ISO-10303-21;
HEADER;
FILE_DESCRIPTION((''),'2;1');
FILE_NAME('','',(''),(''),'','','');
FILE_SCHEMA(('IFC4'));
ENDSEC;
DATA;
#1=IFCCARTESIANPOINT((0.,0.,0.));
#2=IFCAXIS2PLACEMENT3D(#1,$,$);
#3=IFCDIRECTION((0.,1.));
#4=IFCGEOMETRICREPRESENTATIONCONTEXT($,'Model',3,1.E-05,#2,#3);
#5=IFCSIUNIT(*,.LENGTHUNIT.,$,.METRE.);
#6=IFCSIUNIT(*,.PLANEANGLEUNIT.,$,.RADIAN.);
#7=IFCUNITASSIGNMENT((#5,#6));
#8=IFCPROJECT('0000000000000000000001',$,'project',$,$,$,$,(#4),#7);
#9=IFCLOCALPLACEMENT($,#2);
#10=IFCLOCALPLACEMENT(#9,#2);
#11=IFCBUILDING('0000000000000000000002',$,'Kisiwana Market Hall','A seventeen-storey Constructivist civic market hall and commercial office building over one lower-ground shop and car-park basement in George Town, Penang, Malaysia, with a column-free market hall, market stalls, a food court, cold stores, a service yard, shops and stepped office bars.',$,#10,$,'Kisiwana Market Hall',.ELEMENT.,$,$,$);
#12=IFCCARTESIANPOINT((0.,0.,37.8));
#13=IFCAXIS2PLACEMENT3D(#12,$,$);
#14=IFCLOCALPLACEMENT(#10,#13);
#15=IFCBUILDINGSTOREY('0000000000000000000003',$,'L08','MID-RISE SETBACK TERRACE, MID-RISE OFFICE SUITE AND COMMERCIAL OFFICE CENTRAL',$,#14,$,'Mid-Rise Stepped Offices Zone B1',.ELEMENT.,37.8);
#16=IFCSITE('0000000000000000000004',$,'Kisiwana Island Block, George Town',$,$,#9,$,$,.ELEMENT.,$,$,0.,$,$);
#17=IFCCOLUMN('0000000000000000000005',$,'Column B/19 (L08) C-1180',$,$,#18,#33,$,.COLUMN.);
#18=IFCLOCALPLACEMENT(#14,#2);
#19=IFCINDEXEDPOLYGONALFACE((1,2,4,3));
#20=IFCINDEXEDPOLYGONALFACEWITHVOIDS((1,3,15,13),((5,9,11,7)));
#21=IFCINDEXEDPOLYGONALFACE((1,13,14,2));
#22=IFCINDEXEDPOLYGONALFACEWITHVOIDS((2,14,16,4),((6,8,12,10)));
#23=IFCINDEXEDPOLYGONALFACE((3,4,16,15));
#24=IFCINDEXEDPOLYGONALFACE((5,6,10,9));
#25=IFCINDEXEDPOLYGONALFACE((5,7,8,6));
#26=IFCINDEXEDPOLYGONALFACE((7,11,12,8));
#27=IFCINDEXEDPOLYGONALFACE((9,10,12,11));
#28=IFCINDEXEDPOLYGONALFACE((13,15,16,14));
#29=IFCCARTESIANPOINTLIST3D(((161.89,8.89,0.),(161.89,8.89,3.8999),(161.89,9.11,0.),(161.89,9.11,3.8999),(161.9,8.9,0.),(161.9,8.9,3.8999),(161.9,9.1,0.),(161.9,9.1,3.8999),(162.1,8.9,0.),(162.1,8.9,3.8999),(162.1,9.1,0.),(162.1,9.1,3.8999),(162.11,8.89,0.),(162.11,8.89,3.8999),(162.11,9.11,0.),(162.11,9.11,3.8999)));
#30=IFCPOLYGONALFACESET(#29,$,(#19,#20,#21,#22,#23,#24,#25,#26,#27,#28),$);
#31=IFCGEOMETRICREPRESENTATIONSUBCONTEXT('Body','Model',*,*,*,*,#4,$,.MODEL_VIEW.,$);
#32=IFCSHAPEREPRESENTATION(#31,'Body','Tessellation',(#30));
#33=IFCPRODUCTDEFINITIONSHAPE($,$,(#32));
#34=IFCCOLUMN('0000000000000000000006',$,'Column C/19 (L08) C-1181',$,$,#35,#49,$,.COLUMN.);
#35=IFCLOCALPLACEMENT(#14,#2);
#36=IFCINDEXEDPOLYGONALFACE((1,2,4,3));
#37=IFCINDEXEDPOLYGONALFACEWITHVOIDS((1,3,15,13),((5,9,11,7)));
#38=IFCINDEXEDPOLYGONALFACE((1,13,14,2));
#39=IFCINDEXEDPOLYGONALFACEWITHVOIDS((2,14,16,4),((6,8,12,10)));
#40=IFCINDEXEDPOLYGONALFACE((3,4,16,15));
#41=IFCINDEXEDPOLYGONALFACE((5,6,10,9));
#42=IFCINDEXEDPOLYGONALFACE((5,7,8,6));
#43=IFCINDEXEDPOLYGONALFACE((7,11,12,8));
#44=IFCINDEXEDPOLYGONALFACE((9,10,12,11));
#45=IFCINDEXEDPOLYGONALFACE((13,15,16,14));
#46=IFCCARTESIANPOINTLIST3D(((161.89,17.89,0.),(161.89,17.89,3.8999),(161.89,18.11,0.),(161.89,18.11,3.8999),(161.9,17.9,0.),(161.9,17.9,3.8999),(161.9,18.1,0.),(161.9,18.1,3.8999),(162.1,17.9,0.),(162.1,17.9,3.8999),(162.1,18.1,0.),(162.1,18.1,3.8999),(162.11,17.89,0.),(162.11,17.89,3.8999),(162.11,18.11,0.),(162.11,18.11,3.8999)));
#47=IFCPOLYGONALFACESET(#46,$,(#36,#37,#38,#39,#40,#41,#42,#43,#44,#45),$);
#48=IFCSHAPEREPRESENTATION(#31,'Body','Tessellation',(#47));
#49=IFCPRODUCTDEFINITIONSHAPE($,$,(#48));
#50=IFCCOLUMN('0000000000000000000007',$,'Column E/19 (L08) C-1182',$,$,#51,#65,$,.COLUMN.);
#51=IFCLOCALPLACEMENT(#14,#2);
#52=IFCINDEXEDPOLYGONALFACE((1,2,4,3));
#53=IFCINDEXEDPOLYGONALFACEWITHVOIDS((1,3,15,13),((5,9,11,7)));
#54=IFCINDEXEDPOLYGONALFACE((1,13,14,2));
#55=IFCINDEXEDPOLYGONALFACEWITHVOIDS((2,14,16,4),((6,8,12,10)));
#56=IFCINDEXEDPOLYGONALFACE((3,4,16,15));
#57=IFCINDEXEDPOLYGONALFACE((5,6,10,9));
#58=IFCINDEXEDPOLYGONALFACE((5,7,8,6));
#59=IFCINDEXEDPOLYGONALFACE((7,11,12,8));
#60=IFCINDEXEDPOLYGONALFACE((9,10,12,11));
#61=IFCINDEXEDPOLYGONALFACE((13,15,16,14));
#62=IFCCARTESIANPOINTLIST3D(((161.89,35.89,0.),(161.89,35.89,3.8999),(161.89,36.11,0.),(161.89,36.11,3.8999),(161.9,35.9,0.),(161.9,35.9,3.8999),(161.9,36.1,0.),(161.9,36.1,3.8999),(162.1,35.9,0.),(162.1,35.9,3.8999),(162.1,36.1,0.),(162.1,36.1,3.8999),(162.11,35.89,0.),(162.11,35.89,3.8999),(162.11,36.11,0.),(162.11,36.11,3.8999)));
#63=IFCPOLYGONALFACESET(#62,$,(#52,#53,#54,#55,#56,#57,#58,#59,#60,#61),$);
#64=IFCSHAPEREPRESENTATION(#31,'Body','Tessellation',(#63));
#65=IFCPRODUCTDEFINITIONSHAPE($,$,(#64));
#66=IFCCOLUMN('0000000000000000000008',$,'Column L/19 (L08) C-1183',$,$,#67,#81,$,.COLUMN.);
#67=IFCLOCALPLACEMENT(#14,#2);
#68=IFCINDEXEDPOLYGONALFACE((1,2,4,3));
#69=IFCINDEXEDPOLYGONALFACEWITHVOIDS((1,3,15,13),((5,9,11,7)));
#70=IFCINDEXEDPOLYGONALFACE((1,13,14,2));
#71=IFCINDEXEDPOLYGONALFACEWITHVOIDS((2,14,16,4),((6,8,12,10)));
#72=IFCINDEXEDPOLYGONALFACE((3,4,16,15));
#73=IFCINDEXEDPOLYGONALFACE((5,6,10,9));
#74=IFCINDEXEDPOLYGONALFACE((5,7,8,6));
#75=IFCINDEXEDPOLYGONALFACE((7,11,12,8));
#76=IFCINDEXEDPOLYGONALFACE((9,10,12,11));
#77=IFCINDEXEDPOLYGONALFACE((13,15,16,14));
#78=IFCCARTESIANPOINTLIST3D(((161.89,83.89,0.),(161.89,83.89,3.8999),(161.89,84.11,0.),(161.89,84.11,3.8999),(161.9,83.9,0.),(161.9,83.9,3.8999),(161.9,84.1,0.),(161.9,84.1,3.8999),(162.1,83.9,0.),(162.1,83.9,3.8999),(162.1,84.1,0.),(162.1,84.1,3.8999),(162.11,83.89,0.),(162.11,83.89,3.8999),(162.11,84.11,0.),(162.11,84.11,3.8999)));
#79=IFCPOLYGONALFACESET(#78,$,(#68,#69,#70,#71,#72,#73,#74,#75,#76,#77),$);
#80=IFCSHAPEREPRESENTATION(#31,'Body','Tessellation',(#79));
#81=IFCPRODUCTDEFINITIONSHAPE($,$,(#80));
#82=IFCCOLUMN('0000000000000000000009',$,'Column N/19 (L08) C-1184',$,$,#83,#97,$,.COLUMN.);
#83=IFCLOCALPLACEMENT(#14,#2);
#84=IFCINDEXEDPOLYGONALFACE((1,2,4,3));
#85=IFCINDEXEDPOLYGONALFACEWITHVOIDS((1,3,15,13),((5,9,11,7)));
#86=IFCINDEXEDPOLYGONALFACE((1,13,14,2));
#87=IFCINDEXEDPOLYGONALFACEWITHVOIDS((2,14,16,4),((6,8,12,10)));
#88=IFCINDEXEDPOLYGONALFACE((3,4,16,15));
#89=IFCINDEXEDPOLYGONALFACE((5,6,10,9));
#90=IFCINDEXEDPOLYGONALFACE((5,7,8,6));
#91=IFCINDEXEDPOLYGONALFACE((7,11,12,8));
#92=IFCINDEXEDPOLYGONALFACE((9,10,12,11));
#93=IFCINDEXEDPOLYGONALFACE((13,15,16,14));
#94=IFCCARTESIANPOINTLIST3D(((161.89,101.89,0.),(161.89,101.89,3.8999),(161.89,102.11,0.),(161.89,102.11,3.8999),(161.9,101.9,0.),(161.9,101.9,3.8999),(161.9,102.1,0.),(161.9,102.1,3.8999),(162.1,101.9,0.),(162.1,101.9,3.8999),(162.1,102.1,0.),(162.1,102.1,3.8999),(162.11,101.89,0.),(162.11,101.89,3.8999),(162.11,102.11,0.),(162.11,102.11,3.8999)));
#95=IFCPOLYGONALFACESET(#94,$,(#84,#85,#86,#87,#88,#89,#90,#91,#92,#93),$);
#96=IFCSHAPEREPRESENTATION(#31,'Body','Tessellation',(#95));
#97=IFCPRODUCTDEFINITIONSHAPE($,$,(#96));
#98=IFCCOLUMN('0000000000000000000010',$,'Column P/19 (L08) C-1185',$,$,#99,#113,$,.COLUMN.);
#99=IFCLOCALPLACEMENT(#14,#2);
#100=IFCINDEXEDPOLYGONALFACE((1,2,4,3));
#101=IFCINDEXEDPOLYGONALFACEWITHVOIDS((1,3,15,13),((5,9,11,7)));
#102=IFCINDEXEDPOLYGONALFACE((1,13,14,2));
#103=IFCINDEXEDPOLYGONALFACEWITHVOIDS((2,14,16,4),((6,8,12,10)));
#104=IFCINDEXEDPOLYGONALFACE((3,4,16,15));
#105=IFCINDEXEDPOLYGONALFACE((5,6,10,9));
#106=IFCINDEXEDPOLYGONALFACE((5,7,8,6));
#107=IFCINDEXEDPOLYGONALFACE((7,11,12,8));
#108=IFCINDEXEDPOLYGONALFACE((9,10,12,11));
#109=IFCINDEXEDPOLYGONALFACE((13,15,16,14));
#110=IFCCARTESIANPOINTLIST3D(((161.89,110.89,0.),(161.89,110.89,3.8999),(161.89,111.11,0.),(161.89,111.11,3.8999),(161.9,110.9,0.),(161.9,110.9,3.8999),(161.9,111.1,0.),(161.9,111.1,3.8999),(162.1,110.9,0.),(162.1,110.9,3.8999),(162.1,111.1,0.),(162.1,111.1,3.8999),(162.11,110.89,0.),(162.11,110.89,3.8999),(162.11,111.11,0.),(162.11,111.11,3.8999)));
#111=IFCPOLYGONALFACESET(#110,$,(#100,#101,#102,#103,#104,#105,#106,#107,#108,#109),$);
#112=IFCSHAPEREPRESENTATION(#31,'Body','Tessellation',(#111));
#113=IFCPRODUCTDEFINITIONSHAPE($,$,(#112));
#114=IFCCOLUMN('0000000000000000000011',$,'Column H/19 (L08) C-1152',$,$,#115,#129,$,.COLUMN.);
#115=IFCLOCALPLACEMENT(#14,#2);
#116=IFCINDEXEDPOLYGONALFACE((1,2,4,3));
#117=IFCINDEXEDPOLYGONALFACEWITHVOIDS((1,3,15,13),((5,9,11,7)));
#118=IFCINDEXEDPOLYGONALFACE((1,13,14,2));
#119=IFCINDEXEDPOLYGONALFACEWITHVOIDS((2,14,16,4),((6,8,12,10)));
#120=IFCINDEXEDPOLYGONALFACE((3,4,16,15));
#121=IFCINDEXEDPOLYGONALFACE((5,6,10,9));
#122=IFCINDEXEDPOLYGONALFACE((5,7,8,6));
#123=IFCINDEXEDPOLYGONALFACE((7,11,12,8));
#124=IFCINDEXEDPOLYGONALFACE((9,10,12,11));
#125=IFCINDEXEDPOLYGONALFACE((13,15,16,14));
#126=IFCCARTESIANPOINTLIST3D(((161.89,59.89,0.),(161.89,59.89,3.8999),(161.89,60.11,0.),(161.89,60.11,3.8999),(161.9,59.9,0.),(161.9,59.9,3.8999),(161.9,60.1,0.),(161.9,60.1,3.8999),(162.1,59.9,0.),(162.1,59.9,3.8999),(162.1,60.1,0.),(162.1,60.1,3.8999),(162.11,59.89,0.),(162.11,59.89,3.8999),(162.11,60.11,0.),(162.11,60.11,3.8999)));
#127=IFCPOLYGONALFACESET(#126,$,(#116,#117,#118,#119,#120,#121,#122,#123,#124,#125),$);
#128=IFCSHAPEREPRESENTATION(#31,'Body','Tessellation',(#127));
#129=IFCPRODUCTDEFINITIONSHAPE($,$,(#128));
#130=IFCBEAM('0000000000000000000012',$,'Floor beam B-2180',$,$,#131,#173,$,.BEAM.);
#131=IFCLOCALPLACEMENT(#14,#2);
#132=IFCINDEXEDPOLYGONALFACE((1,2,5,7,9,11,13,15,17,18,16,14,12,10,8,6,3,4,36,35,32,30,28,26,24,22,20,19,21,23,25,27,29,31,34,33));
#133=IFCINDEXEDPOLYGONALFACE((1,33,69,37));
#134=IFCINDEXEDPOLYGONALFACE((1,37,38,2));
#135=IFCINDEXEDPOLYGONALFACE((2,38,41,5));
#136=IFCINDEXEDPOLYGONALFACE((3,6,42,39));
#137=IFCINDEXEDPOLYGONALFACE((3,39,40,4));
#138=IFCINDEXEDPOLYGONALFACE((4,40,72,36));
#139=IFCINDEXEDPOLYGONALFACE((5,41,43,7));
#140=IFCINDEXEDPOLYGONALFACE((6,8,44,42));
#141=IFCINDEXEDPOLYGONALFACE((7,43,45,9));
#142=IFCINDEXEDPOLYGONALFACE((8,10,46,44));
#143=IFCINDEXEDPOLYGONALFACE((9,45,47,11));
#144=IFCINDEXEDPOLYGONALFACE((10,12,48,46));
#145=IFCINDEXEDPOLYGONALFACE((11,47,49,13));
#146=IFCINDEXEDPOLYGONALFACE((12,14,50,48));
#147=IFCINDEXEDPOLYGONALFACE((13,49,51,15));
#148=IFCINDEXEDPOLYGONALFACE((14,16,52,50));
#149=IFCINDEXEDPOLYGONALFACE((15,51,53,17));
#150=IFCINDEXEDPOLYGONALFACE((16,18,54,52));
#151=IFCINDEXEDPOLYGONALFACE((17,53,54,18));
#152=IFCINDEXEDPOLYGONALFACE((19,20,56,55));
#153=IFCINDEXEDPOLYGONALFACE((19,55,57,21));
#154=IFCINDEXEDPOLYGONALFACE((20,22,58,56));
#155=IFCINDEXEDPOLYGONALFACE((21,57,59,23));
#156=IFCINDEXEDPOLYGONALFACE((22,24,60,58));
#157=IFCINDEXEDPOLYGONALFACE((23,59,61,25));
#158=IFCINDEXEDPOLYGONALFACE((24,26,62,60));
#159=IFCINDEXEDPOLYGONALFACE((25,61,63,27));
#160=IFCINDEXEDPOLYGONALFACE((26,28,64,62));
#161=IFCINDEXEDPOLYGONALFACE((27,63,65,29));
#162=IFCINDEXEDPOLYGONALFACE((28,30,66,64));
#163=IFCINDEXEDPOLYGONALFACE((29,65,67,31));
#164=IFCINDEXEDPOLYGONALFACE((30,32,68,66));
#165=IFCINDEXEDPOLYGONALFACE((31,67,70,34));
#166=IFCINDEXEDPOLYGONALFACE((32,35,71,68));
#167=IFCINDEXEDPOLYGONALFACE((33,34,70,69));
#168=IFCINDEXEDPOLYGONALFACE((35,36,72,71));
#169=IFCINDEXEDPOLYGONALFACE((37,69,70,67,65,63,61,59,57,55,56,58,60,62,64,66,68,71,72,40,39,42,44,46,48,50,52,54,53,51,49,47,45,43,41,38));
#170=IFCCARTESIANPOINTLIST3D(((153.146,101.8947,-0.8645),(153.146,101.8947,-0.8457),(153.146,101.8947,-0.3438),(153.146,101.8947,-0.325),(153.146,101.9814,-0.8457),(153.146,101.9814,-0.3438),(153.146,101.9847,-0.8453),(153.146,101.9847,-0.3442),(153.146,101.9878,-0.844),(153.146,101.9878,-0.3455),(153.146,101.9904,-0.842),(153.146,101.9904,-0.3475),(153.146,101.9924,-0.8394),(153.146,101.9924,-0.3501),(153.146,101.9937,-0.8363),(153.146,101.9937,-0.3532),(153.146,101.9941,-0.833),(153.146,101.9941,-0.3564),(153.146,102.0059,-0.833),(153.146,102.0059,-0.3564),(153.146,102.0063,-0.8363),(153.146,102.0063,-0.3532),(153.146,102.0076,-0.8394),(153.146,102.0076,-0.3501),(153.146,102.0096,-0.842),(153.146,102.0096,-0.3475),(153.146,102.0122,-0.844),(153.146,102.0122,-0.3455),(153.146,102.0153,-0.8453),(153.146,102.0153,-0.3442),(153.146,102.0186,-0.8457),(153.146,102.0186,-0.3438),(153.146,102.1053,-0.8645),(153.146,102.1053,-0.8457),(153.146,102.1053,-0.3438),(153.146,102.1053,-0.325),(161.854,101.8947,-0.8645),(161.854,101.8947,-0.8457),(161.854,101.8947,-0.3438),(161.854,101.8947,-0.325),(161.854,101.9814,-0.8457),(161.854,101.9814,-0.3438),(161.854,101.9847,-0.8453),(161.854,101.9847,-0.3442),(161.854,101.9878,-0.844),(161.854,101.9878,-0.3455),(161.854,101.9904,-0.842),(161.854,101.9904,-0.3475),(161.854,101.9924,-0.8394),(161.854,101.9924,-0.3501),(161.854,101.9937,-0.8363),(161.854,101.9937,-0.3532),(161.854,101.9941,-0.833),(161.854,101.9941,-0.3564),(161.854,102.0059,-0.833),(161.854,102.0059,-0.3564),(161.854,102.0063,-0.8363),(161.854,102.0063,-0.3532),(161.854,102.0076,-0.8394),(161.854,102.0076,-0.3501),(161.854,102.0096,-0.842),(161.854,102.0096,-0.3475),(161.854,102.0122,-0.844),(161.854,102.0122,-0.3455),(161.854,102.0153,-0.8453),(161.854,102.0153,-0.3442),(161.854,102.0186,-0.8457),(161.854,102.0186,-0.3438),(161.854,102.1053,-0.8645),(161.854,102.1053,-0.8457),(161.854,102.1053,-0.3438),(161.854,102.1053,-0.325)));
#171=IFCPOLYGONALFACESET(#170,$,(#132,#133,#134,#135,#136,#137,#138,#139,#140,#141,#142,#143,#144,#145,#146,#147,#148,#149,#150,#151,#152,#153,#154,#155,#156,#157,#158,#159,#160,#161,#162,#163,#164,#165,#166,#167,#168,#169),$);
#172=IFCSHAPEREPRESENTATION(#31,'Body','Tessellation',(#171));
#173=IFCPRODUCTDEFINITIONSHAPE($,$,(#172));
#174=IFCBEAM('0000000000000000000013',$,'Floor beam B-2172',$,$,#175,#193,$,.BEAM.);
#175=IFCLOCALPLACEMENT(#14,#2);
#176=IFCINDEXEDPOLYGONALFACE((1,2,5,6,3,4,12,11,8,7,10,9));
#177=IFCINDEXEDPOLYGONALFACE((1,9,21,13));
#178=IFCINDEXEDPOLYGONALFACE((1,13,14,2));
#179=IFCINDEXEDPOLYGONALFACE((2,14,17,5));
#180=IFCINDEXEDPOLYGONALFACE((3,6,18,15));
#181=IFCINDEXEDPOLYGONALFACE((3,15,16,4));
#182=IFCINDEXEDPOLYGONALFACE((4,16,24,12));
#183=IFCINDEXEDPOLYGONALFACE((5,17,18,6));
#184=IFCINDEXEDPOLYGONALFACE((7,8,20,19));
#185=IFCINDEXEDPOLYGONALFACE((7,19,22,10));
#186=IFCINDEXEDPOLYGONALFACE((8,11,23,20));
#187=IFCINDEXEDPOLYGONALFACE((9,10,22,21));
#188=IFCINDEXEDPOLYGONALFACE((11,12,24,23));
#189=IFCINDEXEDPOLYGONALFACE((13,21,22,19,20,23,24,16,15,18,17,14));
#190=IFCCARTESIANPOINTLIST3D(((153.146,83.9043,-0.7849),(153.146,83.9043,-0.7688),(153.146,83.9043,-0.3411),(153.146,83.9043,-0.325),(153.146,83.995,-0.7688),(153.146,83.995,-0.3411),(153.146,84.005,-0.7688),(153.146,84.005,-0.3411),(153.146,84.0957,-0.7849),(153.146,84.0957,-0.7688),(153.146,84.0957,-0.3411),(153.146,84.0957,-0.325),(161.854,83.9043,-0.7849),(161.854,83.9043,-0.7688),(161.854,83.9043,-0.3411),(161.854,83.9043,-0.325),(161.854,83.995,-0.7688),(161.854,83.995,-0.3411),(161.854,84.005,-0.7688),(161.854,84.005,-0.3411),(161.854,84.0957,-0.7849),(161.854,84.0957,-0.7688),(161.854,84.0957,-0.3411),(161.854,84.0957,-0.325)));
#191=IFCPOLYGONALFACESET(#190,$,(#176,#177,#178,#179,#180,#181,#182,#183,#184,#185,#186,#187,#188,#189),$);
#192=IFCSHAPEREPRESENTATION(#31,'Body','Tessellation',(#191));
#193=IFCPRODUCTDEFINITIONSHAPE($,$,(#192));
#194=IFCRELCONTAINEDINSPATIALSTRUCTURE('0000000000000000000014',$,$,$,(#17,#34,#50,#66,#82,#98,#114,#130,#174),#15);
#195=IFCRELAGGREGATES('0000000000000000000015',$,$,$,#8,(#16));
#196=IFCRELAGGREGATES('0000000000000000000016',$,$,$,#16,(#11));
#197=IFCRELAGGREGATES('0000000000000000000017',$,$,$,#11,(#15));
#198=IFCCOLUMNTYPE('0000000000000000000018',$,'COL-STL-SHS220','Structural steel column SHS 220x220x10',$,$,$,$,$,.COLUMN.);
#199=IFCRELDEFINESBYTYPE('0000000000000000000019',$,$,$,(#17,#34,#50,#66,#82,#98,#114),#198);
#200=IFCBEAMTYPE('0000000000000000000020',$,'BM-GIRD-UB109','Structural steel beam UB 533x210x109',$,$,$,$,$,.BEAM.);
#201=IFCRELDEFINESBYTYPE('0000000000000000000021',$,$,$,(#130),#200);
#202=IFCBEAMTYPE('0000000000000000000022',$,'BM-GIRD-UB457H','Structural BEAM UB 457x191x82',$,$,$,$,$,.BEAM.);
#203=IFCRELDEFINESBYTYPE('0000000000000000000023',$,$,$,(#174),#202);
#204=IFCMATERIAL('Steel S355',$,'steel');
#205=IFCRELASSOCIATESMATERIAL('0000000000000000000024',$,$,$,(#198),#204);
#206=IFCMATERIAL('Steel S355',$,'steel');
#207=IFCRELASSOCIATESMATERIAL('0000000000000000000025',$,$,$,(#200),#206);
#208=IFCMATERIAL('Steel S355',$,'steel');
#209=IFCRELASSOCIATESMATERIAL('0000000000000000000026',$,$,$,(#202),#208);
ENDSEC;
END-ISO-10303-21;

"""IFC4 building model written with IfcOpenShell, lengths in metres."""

from ifc_helpers import new_model, si_unit, direction, frame, origin, origin_2d, place, context, subcontext, project, spatial, hollow_rectangle, i_section, extrude, material, material_profile, profile_set, type_object, element, save


model = new_model("IFC4")

# Units and contexts
model_context = context("Model", 3, precision=1e-05, world=origin(), true_north=direction((0.0, 1.0)))
body_context = subcontext(model_context, "Body", "Model", "MODEL_VIEW")
ifc_project = project(units=[si_unit("LENGTHUNIT", "METRE"), si_unit("PLANEANGLEUNIT", "RADIAN")], contexts=[model_context])

# Site, building, storey
site_placement = place(None, origin())
site = spatial("IfcSite", under=ifc_project, at=site_placement, Name="Kisiwana Island Block, George Town", CompositionType="ELEMENT", RefElevation=0.0)
building_placement = place(site_placement, origin())
building = spatial("IfcBuilding", under=site, at=building_placement, Name="Kisiwana Market Hall", Description="A seventeen-storey Constructivist civic market hall and commercial office building over one lower-ground shop and car-park basement in George Town, Penang, Malaysia, with a column-free market hall, market stalls, a food court, cold stores, a service yard, shops and stepped office bars.", LongName="Kisiwana Market Hall", CompositionType="ELEMENT")
storey_placement = place(building_placement, frame((0.0, 0.0, 37.8)))
storey = spatial("IfcBuildingStorey", under=building, at=storey_placement, Name="L08", Description="MID-RISE SETBACK TERRACE, MID-RISE OFFICE SUITE AND COMMERCIAL OFFICE CENTRAL", LongName="Mid-Rise Stepped Offices Zone B1", CompositionType="ELEMENT", Elevation=37.8)

# Columns
ifc_material_1 = material(Name="Steel S355", Category="steel")
ifc_material_profile_1 = material_profile(ifc_material_1, hollow_rectangle(XDim=0.22, YDim=0.22, WallThickness=0.01, at=origin_2d()), Name="SHS 220x220x10")
ifc_profile_set_1 = profile_set([ifc_material_profile_1], Name="Steel S355")
column_type = type_object("IfcColumnType", Name="COL-STL-SHS220", Description="Structural steel column SHS 220x220x10", PredefinedType="COLUMN", material=ifc_profile_set_1)
for number, where, z_axis, x_axis, name in (
    (1, (162.0, 9.0, 0.0), (0.0, 0.0, 1.0), (1.0, 0.0, 0.0), "Column B/19 (L08) C-1180"),
    (2, (162.0, 18.0, 0.0), (0.0, 0.0, 1.0), (1.0, 0.0, 0.0), "Column C/19 (L08) C-1181"),
    (3, (162.0, 36.0, 0.0), (0.0, 0.0, 1.0), (1.0, 0.0, 0.0), "Column E/19 (L08) C-1182"),
    (4, (162.0, 84.0, 0.0), (0.0, 0.0, 1.0), (1.0, 0.0, 0.0), "Column L/19 (L08) C-1183"),
    (5, (162.0, 102.0, 0.0), (0.0, 0.0, 1.0), (1.0, 0.0, 0.0), "Column N/19 (L08) C-1184"),
    (6, (162.0, 111.0, 0.0), (0.0, 0.0, 1.0), (1.0, 0.0, 0.0), "Column P/19 (L08) C-1185"),
    (7, (162.0, 60.0, 0.0), (0.0, 0.0, 1.0), (1.0, 0.0, 0.0), "Column H/19 (L08) C-1152"),
):
    element("IfcColumn", number, at=place(storey_placement, frame(where, z_axis=z_axis, x_axis=x_axis)), inside=storey, type_object=column_type, Name=name, PredefinedType="COLUMN", context=body_context, shape_type="SweptSolid", body=[
        extrude(hollow_rectangle(XDim=0.22, YDim=0.22, WallThickness=0.01, at=origin_2d()), origin(), (0.0, 0.0, 1.0), 3.8999),
    ])

# Beams
ifc_material_2 = material(Name="Steel S355", Category="steel")
ifc_material_profile_2 = material_profile(ifc_material_2, i_section(OverallWidth=0.2107, OverallDepth=0.5396, WebThickness=0.0117, FlangeThickness=0.0188, FilletRadius=0.0127, at=origin_2d()), Name="UB 533x210x109")
ifc_profile_set_2 = profile_set([ifc_material_profile_2], Name="Steel S355")
beam_type_1 = type_object("IfcBeamType", Name="BM-GIRD-UB109", Description="Structural steel beam UB 533x210x109", PredefinedType="BEAM", material=ifc_profile_set_2)
beam_1_placement = place(storey_placement, frame((153.146, 102.0, -0.5947), z_axis=(1.0, 0.0, 0.0), x_axis=(0.0, 1.0, 0.0)))
element("IfcBeam", 8, at=beam_1_placement, inside=storey, type_object=beam_type_1, Name="Floor beam B-2180", PredefinedType="BEAM", context=body_context, shape_type="SweptSolid", body=[
    extrude(i_section(OverallWidth=0.2107, OverallDepth=0.5396, WebThickness=0.0117, FlangeThickness=0.0188, FilletRadius=0.0127, at=origin_2d()), origin(), (0.0, 0.0, 1.0), 8.708),
])
ifc_material_3 = material(Name="Steel S355", Category="steel")
ifc_material_profile_3 = material_profile(ifc_material_3, i_section(OverallWidth=0.1914, OverallDepth=0.46, WebThickness=0.01, FlangeThickness=0.0161, at=origin_2d()), Name="UB 457x191x82")
ifc_profile_set_3 = profile_set([ifc_material_profile_3], Name="Steel S355")
beam_type_2 = type_object("IfcBeamType", Name="BM-GIRD-UB457H", Description="Structural BEAM UB 457x191x82", PredefinedType="BEAM", material=ifc_profile_set_3)
beam_2_placement = place(storey_placement, frame((153.146, 84.0, -0.5549), z_axis=(1.0, 0.0, 0.0), x_axis=(0.0, 1.0, 0.0)))
element("IfcBeam", 9, at=beam_2_placement, inside=storey, type_object=beam_type_2, Name="Floor beam B-2172", PredefinedType="BEAM", context=body_context, shape_type="SweptSolid", body=[
    extrude(i_section(OverallWidth=0.1914, OverallDepth=0.46, WebThickness=0.01, FlangeThickness=0.0161, at=origin_2d()), origin(), (0.0, 0.0, 1.0), 8.708),
])

save(model, "model.ifc")
